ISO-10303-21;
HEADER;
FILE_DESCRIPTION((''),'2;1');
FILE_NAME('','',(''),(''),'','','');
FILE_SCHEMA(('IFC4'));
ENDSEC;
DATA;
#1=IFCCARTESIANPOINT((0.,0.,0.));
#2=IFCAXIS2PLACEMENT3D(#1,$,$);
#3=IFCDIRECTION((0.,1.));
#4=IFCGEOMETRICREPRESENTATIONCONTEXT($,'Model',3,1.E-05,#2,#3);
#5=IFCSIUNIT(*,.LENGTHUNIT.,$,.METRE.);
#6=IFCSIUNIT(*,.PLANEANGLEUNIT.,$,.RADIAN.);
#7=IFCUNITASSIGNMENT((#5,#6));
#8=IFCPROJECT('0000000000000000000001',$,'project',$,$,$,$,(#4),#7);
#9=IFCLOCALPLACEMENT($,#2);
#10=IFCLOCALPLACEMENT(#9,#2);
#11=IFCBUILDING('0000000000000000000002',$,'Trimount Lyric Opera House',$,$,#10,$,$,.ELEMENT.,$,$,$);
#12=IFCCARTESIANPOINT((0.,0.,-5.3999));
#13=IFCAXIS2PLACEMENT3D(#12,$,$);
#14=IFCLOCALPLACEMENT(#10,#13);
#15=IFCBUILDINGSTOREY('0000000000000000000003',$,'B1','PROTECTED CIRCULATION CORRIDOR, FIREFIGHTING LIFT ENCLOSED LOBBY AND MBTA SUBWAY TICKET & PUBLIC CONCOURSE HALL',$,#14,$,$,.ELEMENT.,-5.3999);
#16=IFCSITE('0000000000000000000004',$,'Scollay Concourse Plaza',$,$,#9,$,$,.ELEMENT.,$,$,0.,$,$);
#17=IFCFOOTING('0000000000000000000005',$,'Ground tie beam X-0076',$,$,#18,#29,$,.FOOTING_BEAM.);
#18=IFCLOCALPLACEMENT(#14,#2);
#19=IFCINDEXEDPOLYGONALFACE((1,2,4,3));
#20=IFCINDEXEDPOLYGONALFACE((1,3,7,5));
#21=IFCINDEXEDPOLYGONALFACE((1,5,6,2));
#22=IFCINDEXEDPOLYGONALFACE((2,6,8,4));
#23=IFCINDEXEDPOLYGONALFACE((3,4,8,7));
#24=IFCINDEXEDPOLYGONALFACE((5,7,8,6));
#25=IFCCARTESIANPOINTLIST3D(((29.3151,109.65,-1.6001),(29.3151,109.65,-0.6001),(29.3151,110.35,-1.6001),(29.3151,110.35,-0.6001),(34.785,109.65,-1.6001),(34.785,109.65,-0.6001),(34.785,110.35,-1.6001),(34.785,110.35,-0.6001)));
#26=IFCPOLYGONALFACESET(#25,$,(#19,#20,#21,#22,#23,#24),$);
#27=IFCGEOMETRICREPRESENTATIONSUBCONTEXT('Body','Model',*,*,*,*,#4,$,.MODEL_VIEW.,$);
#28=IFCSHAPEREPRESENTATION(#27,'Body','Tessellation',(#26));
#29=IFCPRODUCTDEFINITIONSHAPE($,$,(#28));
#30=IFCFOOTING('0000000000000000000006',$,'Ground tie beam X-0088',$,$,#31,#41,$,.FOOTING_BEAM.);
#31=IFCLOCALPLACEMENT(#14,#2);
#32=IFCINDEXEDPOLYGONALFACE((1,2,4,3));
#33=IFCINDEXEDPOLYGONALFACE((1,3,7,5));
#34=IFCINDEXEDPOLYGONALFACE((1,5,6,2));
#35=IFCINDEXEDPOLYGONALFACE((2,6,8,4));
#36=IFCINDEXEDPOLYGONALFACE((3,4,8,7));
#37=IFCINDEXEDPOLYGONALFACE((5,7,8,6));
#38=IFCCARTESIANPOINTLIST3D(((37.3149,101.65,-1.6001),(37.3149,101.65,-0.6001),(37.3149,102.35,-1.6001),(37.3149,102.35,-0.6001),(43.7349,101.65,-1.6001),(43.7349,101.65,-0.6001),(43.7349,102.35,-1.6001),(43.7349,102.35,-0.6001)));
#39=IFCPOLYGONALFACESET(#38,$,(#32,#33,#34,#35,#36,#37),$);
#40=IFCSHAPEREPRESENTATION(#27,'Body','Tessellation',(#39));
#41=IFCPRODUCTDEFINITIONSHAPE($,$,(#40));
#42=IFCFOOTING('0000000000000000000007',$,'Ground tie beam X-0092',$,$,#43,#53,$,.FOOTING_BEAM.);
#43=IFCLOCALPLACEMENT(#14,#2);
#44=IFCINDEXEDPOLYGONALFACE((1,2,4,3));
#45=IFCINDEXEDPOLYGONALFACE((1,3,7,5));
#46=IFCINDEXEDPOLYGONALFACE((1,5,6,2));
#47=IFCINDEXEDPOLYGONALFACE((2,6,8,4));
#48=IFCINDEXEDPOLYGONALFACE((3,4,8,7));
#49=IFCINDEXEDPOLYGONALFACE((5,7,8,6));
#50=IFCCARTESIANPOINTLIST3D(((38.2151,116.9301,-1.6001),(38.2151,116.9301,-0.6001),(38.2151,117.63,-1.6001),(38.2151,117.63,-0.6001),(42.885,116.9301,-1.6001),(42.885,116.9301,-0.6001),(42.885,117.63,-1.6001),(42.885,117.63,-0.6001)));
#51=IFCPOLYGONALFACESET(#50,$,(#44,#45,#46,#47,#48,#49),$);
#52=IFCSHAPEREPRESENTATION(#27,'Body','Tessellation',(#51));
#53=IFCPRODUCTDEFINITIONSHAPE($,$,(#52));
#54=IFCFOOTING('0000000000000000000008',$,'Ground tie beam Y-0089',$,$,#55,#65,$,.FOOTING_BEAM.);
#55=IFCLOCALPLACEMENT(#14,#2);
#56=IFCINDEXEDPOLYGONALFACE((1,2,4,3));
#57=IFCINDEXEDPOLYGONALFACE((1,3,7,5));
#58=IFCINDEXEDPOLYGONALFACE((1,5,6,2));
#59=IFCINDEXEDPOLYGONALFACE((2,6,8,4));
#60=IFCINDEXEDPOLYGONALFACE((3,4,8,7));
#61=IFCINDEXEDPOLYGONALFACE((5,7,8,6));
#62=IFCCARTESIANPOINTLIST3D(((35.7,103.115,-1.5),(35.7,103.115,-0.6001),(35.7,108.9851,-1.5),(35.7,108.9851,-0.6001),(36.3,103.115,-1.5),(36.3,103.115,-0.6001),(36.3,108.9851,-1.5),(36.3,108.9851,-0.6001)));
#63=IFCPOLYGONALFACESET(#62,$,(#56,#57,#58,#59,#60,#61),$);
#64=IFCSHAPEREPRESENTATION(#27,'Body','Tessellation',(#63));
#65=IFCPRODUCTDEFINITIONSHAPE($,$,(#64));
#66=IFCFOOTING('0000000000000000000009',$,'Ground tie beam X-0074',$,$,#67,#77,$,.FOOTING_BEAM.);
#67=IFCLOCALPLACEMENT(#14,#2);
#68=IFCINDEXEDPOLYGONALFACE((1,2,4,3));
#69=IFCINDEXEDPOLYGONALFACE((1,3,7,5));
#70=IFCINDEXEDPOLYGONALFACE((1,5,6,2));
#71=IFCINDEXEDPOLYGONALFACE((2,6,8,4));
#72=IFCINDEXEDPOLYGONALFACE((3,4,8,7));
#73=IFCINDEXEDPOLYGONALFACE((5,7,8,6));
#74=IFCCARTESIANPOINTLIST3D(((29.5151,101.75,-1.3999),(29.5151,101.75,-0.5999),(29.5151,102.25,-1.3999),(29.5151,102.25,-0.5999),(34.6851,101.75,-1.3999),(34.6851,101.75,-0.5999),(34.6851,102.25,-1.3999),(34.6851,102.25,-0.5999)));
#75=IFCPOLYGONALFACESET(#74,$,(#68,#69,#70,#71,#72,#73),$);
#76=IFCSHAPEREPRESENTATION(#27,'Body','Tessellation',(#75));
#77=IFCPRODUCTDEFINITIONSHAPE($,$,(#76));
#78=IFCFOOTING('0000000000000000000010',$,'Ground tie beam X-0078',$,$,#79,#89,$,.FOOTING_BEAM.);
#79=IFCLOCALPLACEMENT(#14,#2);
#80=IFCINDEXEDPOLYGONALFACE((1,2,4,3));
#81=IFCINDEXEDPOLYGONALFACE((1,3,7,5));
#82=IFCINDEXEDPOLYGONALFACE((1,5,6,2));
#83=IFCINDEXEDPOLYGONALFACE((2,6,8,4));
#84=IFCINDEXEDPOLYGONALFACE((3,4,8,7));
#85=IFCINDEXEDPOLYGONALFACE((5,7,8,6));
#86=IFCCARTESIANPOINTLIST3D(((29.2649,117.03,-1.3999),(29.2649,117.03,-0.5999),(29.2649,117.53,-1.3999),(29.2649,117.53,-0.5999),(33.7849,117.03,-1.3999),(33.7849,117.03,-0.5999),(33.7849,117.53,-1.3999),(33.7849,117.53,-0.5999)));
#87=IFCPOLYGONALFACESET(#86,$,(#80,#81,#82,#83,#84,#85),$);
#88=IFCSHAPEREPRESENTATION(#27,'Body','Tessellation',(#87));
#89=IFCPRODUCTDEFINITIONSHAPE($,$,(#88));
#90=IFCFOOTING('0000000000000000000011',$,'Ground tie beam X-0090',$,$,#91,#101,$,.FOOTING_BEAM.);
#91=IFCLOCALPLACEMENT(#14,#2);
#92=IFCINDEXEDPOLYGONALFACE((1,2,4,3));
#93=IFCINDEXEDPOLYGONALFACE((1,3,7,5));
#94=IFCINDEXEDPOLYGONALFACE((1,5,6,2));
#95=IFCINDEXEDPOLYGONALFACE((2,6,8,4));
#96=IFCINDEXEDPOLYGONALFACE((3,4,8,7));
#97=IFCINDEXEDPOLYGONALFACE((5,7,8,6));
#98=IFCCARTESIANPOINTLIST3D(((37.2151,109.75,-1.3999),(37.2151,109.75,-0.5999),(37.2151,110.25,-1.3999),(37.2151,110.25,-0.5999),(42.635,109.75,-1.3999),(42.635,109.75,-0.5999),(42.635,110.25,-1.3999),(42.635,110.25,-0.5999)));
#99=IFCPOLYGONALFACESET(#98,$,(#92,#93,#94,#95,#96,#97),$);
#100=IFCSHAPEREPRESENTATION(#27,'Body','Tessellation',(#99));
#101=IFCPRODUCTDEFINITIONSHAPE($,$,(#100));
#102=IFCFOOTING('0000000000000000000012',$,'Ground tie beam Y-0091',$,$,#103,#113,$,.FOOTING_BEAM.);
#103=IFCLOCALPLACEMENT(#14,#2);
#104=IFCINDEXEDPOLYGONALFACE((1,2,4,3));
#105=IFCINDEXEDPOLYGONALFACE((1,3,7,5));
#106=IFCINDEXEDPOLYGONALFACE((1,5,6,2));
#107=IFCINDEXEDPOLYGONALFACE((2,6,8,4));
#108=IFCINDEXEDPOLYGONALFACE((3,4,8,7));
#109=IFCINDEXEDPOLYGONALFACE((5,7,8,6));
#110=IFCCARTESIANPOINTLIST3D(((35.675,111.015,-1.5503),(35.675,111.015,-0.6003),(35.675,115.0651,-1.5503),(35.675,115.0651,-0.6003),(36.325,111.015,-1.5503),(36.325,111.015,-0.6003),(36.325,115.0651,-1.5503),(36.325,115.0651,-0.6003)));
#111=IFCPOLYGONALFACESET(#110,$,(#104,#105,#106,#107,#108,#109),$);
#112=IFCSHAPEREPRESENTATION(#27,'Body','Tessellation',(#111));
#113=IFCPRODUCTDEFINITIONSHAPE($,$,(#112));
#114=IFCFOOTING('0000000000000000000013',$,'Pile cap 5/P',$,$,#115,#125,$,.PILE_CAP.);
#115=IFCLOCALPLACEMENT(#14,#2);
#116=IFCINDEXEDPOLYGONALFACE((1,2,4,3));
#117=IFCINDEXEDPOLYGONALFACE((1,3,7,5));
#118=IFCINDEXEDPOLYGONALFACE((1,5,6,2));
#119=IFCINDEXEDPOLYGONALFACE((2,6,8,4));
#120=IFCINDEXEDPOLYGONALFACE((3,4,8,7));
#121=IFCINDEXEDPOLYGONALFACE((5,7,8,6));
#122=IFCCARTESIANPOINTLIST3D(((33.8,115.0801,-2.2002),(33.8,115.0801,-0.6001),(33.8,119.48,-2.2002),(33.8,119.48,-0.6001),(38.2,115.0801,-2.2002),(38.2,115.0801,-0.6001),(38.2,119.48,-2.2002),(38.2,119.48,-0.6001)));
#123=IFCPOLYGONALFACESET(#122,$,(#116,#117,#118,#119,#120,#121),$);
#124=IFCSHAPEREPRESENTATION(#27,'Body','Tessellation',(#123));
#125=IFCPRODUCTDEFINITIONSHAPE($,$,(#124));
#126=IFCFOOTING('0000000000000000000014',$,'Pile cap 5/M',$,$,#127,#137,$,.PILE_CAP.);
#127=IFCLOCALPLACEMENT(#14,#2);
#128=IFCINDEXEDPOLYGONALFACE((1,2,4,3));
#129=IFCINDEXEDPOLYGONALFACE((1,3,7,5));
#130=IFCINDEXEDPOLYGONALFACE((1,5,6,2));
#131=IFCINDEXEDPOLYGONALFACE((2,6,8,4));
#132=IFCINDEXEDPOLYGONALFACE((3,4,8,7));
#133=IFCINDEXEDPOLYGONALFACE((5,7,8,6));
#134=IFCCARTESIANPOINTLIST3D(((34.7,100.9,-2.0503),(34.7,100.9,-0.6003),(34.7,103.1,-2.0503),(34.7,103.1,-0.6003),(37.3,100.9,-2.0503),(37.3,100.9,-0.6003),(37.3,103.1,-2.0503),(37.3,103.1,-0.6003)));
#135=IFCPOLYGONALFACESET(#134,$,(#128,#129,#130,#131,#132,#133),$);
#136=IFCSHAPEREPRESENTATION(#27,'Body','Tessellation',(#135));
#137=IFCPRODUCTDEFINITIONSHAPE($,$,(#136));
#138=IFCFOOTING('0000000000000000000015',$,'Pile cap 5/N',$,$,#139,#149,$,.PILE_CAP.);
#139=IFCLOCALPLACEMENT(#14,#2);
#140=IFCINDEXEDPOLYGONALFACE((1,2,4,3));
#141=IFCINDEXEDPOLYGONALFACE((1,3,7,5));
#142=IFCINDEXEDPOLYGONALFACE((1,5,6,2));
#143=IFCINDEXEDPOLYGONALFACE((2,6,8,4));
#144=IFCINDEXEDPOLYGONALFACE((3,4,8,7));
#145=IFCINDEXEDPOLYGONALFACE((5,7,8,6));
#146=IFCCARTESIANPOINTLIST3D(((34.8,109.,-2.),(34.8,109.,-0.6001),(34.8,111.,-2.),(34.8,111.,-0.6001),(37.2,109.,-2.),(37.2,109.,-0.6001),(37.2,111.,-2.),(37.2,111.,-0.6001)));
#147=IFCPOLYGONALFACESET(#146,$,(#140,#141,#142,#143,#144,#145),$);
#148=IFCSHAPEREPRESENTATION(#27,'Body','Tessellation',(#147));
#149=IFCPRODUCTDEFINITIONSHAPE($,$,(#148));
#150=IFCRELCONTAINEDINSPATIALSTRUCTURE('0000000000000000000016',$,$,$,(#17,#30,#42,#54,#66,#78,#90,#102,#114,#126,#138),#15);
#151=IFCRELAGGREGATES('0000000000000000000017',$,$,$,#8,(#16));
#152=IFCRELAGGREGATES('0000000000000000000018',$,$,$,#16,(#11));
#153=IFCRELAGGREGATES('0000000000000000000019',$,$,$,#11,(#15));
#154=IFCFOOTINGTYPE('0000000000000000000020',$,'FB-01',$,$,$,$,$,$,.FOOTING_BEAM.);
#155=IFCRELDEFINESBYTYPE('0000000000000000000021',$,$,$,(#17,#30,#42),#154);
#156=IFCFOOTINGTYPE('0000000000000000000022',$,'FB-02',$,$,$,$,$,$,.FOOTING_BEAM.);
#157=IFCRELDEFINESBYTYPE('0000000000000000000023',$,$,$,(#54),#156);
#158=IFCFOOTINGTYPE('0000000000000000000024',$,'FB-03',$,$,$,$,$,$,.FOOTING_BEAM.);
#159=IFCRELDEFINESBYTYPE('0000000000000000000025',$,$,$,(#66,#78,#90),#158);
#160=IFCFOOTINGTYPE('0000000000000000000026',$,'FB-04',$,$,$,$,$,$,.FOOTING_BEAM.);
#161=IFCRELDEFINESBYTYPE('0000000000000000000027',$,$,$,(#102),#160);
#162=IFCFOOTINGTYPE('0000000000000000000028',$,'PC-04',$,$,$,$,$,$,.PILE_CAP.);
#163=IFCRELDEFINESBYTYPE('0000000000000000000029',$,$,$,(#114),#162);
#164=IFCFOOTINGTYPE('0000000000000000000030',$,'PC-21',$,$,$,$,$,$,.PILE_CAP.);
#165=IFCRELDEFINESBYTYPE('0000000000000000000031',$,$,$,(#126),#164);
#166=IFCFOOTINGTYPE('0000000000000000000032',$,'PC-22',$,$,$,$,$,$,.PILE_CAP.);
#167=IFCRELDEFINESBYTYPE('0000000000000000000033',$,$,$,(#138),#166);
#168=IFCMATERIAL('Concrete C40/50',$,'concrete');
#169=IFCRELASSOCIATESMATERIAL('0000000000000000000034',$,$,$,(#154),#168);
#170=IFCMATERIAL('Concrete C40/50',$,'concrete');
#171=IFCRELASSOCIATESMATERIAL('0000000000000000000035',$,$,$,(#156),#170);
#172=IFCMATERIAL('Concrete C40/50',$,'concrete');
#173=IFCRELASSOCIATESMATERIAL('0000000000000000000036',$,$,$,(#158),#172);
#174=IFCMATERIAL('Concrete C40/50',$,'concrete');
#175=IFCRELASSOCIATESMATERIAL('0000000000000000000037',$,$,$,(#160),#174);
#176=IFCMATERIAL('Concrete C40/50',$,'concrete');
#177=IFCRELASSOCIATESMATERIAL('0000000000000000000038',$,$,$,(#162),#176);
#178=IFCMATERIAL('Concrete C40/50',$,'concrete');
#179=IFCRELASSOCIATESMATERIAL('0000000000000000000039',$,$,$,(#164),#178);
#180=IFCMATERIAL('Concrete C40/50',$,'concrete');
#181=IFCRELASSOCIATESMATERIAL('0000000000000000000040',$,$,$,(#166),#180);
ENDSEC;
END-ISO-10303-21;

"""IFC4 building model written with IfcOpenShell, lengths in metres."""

from ifc_helpers import new_model, si_unit, direction, frame, origin, origin_2d, place, context, subcontext, project, spatial, rectangle, extrude, material, type_object, element, save


model = new_model("IFC4")

# Units and contexts
model_context = context("Model", 3, precision=1e-05, world=origin(), true_north=direction((0.0, 1.0)))
body_context = subcontext(model_context, "Body", "Model", "MODEL_VIEW")
ifc_project = project(units=[si_unit("LENGTHUNIT", "METRE"), si_unit("PLANEANGLEUNIT", "RADIAN")], contexts=[model_context])

# Site, building, storey
site_placement = place(None, origin())
site = spatial("IfcSite", under=ifc_project, at=site_placement, Name="Scollay Concourse Plaza", CompositionType="ELEMENT", RefElevation=0.0)
building_placement = place(site_placement, origin())
building = spatial("IfcBuilding", under=site, at=building_placement, Name="Trimount Lyric Opera House", CompositionType="ELEMENT")
storey_placement = place(building_placement, frame((0.0, 0.0, -5.3999)))
storey = spatial("IfcBuildingStorey", under=building, at=storey_placement, Name="B1", Description="PROTECTED CIRCULATION CORRIDOR, FIREFIGHTING LIFT ENCLOSED LOBBY AND MBTA SUBWAY TICKET & PUBLIC CONCOURSE HALL", CompositionType="ELEMENT", Elevation=-5.3999)

# Footings
ifc_material_1 = material(Name="Concrete C40/50", Category="concrete")
footing_type_1 = type_object("IfcFootingType", Name="FB-01", PredefinedType="FOOTING_BEAM", material=ifc_material_1)
footing_1_placement = place(storey_placement, frame((32.05, 110.0, -1.6001), z_axis=(0.0, 0.0, 1.0), x_axis=(1.0, 0.0, 0.0)))
element("IfcFooting", 1, at=footing_1_placement, inside=storey, type_object=footing_type_1, Name="Ground tie beam X-0076", PredefinedType="FOOTING_BEAM", context=body_context, shape_type="SweptSolid", body=[
    extrude(rectangle(XDim=5.47, YDim=0.7, at=origin_2d()), origin(), (0.0, 0.0, 1.0), 1.0),
])
footing_2_placement = place(storey_placement, frame((40.5249, 102.0, -1.6001), z_axis=(0.0, 0.0, 1.0), x_axis=(1.0, 0.0, 0.0)))
element("IfcFooting", 2, at=footing_2_placement, inside=storey, type_object=footing_type_1, Name="Ground tie beam X-0088", PredefinedType="FOOTING_BEAM", context=body_context, shape_type="SweptSolid", body=[
    extrude(rectangle(XDim=6.4199, YDim=0.7, at=origin_2d()), origin(), (0.0, 0.0, 1.0), 1.0),
])
footing_3_placement = place(storey_placement, frame((40.55, 117.28, -1.6001), z_axis=(0.0, 0.0, 1.0), x_axis=(1.0, 0.0, 0.0)))
element("IfcFooting", 3, at=footing_3_placement, inside=storey, type_object=footing_type_1, Name="Ground tie beam X-0092", PredefinedType="FOOTING_BEAM", context=body_context, shape_type="SweptSolid", body=[
    extrude(rectangle(XDim=4.6699, YDim=0.7, at=origin_2d()), origin(), (0.0, 0.0, 1.0), 1.0),
])
ifc_material_2 = material(Name="Concrete C40/50", Category="concrete")
footing_type_2 = type_object("IfcFootingType", Name="FB-02", PredefinedType="FOOTING_BEAM", material=ifc_material_2)
footing_4_placement = place(storey_placement, frame((36.0, 106.05, -1.5), z_axis=(0.0, 0.0, 1.0), x_axis=(1.0, 0.0, 0.0)))
element("IfcFooting", 4, at=footing_4_placement, inside=storey, type_object=footing_type_2, Name="Ground tie beam Y-0089", PredefinedType="FOOTING_BEAM", context=body_context, shape_type="SweptSolid", body=[
    extrude(rectangle(XDim=0.6001, YDim=5.8701, at=origin_2d()), origin(), (0.0, 0.0, 1.0), 0.8999),
])
ifc_material_3 = material(Name="Concrete C40/50", Category="concrete")
footing_type_3 = type_object("IfcFootingType", Name="FB-03", PredefinedType="FOOTING_BEAM", material=ifc_material_3)
footing_5_placement = place(storey_placement, frame((32.1001, 102.0, -1.3999), z_axis=(0.0, 0.0, 1.0), x_axis=(1.0, 0.0, 0.0)))
element("IfcFooting", 5, at=footing_5_placement, inside=storey, type_object=footing_type_3, Name="Ground tie beam X-0074", PredefinedType="FOOTING_BEAM", context=body_context, shape_type="SweptSolid", body=[
    extrude(rectangle(XDim=5.1699, YDim=0.5, at=origin_2d()), origin(), (0.0, 0.0, 1.0), 0.8),
])
footing_6_placement = place(storey_placement, frame((31.5249, 117.28, -1.3999), z_axis=(0.0, 0.0, 1.0), x_axis=(1.0, 0.0, 0.0)))
element("IfcFooting", 6, at=footing_6_placement, inside=storey, type_object=footing_type_3, Name="Ground tie beam X-0078", PredefinedType="FOOTING_BEAM", context=body_context, shape_type="SweptSolid", body=[
    extrude(rectangle(XDim=4.52, YDim=0.5, at=origin_2d()), origin(), (0.0, 0.0, 1.0), 0.8),
])
footing_7_placement = place(storey_placement, frame((39.925, 110.0, -1.3999), z_axis=(0.0, 0.0, 1.0), x_axis=(1.0, 0.0, 0.0)))
element("IfcFooting", 7, at=footing_7_placement, inside=storey, type_object=footing_type_3, Name="Ground tie beam X-0090", PredefinedType="FOOTING_BEAM", context=body_context, shape_type="SweptSolid", body=[
    extrude(rectangle(XDim=5.4199, YDim=0.5, at=origin_2d()), origin(), (0.0, 0.0, 1.0), 0.8),
])
ifc_material_4 = material(Name="Concrete C40/50", Category="concrete")
footing_type_4 = type_object("IfcFootingType", Name="FB-04", PredefinedType="FOOTING_BEAM", material=ifc_material_4)
footing_8_placement = place(storey_placement, frame((36.0, 113.04, -1.5503), z_axis=(0.0, 0.0, 1.0), x_axis=(1.0, 0.0, 0.0)))
element("IfcFooting", 8, at=footing_8_placement, inside=storey, type_object=footing_type_4, Name="Ground tie beam Y-0091", PredefinedType="FOOTING_BEAM", context=body_context, shape_type="SweptSolid", body=[
    extrude(rectangle(XDim=0.6499, YDim=4.05, at=origin_2d()), origin(), (0.0, 0.0, 1.0), 0.95),
])
ifc_material_5 = material(Name="Concrete C40/50", Category="concrete")
footing_type_5 = type_object("IfcFootingType", Name="PC-04", PredefinedType="PILE_CAP", material=ifc_material_5)
footing_9_placement = place(storey_placement, frame((36.0, 117.28, -2.2002), z_axis=(0.0, 0.0, 1.0), x_axis=(1.0, 0.0, 0.0)))
element("IfcFooting", 9, at=footing_9_placement, inside=storey, type_object=footing_type_5, Name="Pile cap 5/P", PredefinedType="PILE_CAP", context=body_context, shape_type="SweptSolid", body=[
    extrude(rectangle(XDim=4.3999, YDim=4.3999, at=origin_2d()), origin(), (0.0, 0.0, 1.0), 1.6001),
])
ifc_material_6 = material(Name="Concrete C40/50", Category="concrete")
footing_type_6 = type_object("IfcFootingType", Name="PC-21", PredefinedType="PILE_CAP", material=ifc_material_6)
footing_10_placement = place(storey_placement, frame((36.0, 102.0, -2.0503), z_axis=(0.0, 0.0, 1.0), x_axis=(1.0, 0.0, 0.0)))
element("IfcFooting", 10, at=footing_10_placement, inside=storey, type_object=footing_type_6, Name="Pile cap 5/M", PredefinedType="PILE_CAP", context=body_context, shape_type="SweptSolid", body=[
    extrude(rectangle(XDim=2.6001, YDim=2.2, at=origin_2d()), origin(), (0.0, 0.0, 1.0), 1.45),
])
ifc_material_7 = material(Name="Concrete C40/50", Category="concrete")
footing_type_7 = type_object("IfcFootingType", Name="PC-22", PredefinedType="PILE_CAP", material=ifc_material_7)
footing_11_placement = place(storey_placement, frame((36.0, 110.0, -2.0), z_axis=(0.0, 0.0, 1.0), x_axis=(1.0, 0.0, 0.0)))
element("IfcFooting", 11, at=footing_11_placement, inside=storey, type_object=footing_type_7, Name="Pile cap 5/N", PredefinedType="PILE_CAP", context=body_context, shape_type="SweptSolid", body=[
    extrude(rectangle(XDim=2.3999, YDim=2.0, at=origin_2d()), origin(), (0.0, 0.0, 1.0), 1.3999),
])

save(model, "model.ifc")
